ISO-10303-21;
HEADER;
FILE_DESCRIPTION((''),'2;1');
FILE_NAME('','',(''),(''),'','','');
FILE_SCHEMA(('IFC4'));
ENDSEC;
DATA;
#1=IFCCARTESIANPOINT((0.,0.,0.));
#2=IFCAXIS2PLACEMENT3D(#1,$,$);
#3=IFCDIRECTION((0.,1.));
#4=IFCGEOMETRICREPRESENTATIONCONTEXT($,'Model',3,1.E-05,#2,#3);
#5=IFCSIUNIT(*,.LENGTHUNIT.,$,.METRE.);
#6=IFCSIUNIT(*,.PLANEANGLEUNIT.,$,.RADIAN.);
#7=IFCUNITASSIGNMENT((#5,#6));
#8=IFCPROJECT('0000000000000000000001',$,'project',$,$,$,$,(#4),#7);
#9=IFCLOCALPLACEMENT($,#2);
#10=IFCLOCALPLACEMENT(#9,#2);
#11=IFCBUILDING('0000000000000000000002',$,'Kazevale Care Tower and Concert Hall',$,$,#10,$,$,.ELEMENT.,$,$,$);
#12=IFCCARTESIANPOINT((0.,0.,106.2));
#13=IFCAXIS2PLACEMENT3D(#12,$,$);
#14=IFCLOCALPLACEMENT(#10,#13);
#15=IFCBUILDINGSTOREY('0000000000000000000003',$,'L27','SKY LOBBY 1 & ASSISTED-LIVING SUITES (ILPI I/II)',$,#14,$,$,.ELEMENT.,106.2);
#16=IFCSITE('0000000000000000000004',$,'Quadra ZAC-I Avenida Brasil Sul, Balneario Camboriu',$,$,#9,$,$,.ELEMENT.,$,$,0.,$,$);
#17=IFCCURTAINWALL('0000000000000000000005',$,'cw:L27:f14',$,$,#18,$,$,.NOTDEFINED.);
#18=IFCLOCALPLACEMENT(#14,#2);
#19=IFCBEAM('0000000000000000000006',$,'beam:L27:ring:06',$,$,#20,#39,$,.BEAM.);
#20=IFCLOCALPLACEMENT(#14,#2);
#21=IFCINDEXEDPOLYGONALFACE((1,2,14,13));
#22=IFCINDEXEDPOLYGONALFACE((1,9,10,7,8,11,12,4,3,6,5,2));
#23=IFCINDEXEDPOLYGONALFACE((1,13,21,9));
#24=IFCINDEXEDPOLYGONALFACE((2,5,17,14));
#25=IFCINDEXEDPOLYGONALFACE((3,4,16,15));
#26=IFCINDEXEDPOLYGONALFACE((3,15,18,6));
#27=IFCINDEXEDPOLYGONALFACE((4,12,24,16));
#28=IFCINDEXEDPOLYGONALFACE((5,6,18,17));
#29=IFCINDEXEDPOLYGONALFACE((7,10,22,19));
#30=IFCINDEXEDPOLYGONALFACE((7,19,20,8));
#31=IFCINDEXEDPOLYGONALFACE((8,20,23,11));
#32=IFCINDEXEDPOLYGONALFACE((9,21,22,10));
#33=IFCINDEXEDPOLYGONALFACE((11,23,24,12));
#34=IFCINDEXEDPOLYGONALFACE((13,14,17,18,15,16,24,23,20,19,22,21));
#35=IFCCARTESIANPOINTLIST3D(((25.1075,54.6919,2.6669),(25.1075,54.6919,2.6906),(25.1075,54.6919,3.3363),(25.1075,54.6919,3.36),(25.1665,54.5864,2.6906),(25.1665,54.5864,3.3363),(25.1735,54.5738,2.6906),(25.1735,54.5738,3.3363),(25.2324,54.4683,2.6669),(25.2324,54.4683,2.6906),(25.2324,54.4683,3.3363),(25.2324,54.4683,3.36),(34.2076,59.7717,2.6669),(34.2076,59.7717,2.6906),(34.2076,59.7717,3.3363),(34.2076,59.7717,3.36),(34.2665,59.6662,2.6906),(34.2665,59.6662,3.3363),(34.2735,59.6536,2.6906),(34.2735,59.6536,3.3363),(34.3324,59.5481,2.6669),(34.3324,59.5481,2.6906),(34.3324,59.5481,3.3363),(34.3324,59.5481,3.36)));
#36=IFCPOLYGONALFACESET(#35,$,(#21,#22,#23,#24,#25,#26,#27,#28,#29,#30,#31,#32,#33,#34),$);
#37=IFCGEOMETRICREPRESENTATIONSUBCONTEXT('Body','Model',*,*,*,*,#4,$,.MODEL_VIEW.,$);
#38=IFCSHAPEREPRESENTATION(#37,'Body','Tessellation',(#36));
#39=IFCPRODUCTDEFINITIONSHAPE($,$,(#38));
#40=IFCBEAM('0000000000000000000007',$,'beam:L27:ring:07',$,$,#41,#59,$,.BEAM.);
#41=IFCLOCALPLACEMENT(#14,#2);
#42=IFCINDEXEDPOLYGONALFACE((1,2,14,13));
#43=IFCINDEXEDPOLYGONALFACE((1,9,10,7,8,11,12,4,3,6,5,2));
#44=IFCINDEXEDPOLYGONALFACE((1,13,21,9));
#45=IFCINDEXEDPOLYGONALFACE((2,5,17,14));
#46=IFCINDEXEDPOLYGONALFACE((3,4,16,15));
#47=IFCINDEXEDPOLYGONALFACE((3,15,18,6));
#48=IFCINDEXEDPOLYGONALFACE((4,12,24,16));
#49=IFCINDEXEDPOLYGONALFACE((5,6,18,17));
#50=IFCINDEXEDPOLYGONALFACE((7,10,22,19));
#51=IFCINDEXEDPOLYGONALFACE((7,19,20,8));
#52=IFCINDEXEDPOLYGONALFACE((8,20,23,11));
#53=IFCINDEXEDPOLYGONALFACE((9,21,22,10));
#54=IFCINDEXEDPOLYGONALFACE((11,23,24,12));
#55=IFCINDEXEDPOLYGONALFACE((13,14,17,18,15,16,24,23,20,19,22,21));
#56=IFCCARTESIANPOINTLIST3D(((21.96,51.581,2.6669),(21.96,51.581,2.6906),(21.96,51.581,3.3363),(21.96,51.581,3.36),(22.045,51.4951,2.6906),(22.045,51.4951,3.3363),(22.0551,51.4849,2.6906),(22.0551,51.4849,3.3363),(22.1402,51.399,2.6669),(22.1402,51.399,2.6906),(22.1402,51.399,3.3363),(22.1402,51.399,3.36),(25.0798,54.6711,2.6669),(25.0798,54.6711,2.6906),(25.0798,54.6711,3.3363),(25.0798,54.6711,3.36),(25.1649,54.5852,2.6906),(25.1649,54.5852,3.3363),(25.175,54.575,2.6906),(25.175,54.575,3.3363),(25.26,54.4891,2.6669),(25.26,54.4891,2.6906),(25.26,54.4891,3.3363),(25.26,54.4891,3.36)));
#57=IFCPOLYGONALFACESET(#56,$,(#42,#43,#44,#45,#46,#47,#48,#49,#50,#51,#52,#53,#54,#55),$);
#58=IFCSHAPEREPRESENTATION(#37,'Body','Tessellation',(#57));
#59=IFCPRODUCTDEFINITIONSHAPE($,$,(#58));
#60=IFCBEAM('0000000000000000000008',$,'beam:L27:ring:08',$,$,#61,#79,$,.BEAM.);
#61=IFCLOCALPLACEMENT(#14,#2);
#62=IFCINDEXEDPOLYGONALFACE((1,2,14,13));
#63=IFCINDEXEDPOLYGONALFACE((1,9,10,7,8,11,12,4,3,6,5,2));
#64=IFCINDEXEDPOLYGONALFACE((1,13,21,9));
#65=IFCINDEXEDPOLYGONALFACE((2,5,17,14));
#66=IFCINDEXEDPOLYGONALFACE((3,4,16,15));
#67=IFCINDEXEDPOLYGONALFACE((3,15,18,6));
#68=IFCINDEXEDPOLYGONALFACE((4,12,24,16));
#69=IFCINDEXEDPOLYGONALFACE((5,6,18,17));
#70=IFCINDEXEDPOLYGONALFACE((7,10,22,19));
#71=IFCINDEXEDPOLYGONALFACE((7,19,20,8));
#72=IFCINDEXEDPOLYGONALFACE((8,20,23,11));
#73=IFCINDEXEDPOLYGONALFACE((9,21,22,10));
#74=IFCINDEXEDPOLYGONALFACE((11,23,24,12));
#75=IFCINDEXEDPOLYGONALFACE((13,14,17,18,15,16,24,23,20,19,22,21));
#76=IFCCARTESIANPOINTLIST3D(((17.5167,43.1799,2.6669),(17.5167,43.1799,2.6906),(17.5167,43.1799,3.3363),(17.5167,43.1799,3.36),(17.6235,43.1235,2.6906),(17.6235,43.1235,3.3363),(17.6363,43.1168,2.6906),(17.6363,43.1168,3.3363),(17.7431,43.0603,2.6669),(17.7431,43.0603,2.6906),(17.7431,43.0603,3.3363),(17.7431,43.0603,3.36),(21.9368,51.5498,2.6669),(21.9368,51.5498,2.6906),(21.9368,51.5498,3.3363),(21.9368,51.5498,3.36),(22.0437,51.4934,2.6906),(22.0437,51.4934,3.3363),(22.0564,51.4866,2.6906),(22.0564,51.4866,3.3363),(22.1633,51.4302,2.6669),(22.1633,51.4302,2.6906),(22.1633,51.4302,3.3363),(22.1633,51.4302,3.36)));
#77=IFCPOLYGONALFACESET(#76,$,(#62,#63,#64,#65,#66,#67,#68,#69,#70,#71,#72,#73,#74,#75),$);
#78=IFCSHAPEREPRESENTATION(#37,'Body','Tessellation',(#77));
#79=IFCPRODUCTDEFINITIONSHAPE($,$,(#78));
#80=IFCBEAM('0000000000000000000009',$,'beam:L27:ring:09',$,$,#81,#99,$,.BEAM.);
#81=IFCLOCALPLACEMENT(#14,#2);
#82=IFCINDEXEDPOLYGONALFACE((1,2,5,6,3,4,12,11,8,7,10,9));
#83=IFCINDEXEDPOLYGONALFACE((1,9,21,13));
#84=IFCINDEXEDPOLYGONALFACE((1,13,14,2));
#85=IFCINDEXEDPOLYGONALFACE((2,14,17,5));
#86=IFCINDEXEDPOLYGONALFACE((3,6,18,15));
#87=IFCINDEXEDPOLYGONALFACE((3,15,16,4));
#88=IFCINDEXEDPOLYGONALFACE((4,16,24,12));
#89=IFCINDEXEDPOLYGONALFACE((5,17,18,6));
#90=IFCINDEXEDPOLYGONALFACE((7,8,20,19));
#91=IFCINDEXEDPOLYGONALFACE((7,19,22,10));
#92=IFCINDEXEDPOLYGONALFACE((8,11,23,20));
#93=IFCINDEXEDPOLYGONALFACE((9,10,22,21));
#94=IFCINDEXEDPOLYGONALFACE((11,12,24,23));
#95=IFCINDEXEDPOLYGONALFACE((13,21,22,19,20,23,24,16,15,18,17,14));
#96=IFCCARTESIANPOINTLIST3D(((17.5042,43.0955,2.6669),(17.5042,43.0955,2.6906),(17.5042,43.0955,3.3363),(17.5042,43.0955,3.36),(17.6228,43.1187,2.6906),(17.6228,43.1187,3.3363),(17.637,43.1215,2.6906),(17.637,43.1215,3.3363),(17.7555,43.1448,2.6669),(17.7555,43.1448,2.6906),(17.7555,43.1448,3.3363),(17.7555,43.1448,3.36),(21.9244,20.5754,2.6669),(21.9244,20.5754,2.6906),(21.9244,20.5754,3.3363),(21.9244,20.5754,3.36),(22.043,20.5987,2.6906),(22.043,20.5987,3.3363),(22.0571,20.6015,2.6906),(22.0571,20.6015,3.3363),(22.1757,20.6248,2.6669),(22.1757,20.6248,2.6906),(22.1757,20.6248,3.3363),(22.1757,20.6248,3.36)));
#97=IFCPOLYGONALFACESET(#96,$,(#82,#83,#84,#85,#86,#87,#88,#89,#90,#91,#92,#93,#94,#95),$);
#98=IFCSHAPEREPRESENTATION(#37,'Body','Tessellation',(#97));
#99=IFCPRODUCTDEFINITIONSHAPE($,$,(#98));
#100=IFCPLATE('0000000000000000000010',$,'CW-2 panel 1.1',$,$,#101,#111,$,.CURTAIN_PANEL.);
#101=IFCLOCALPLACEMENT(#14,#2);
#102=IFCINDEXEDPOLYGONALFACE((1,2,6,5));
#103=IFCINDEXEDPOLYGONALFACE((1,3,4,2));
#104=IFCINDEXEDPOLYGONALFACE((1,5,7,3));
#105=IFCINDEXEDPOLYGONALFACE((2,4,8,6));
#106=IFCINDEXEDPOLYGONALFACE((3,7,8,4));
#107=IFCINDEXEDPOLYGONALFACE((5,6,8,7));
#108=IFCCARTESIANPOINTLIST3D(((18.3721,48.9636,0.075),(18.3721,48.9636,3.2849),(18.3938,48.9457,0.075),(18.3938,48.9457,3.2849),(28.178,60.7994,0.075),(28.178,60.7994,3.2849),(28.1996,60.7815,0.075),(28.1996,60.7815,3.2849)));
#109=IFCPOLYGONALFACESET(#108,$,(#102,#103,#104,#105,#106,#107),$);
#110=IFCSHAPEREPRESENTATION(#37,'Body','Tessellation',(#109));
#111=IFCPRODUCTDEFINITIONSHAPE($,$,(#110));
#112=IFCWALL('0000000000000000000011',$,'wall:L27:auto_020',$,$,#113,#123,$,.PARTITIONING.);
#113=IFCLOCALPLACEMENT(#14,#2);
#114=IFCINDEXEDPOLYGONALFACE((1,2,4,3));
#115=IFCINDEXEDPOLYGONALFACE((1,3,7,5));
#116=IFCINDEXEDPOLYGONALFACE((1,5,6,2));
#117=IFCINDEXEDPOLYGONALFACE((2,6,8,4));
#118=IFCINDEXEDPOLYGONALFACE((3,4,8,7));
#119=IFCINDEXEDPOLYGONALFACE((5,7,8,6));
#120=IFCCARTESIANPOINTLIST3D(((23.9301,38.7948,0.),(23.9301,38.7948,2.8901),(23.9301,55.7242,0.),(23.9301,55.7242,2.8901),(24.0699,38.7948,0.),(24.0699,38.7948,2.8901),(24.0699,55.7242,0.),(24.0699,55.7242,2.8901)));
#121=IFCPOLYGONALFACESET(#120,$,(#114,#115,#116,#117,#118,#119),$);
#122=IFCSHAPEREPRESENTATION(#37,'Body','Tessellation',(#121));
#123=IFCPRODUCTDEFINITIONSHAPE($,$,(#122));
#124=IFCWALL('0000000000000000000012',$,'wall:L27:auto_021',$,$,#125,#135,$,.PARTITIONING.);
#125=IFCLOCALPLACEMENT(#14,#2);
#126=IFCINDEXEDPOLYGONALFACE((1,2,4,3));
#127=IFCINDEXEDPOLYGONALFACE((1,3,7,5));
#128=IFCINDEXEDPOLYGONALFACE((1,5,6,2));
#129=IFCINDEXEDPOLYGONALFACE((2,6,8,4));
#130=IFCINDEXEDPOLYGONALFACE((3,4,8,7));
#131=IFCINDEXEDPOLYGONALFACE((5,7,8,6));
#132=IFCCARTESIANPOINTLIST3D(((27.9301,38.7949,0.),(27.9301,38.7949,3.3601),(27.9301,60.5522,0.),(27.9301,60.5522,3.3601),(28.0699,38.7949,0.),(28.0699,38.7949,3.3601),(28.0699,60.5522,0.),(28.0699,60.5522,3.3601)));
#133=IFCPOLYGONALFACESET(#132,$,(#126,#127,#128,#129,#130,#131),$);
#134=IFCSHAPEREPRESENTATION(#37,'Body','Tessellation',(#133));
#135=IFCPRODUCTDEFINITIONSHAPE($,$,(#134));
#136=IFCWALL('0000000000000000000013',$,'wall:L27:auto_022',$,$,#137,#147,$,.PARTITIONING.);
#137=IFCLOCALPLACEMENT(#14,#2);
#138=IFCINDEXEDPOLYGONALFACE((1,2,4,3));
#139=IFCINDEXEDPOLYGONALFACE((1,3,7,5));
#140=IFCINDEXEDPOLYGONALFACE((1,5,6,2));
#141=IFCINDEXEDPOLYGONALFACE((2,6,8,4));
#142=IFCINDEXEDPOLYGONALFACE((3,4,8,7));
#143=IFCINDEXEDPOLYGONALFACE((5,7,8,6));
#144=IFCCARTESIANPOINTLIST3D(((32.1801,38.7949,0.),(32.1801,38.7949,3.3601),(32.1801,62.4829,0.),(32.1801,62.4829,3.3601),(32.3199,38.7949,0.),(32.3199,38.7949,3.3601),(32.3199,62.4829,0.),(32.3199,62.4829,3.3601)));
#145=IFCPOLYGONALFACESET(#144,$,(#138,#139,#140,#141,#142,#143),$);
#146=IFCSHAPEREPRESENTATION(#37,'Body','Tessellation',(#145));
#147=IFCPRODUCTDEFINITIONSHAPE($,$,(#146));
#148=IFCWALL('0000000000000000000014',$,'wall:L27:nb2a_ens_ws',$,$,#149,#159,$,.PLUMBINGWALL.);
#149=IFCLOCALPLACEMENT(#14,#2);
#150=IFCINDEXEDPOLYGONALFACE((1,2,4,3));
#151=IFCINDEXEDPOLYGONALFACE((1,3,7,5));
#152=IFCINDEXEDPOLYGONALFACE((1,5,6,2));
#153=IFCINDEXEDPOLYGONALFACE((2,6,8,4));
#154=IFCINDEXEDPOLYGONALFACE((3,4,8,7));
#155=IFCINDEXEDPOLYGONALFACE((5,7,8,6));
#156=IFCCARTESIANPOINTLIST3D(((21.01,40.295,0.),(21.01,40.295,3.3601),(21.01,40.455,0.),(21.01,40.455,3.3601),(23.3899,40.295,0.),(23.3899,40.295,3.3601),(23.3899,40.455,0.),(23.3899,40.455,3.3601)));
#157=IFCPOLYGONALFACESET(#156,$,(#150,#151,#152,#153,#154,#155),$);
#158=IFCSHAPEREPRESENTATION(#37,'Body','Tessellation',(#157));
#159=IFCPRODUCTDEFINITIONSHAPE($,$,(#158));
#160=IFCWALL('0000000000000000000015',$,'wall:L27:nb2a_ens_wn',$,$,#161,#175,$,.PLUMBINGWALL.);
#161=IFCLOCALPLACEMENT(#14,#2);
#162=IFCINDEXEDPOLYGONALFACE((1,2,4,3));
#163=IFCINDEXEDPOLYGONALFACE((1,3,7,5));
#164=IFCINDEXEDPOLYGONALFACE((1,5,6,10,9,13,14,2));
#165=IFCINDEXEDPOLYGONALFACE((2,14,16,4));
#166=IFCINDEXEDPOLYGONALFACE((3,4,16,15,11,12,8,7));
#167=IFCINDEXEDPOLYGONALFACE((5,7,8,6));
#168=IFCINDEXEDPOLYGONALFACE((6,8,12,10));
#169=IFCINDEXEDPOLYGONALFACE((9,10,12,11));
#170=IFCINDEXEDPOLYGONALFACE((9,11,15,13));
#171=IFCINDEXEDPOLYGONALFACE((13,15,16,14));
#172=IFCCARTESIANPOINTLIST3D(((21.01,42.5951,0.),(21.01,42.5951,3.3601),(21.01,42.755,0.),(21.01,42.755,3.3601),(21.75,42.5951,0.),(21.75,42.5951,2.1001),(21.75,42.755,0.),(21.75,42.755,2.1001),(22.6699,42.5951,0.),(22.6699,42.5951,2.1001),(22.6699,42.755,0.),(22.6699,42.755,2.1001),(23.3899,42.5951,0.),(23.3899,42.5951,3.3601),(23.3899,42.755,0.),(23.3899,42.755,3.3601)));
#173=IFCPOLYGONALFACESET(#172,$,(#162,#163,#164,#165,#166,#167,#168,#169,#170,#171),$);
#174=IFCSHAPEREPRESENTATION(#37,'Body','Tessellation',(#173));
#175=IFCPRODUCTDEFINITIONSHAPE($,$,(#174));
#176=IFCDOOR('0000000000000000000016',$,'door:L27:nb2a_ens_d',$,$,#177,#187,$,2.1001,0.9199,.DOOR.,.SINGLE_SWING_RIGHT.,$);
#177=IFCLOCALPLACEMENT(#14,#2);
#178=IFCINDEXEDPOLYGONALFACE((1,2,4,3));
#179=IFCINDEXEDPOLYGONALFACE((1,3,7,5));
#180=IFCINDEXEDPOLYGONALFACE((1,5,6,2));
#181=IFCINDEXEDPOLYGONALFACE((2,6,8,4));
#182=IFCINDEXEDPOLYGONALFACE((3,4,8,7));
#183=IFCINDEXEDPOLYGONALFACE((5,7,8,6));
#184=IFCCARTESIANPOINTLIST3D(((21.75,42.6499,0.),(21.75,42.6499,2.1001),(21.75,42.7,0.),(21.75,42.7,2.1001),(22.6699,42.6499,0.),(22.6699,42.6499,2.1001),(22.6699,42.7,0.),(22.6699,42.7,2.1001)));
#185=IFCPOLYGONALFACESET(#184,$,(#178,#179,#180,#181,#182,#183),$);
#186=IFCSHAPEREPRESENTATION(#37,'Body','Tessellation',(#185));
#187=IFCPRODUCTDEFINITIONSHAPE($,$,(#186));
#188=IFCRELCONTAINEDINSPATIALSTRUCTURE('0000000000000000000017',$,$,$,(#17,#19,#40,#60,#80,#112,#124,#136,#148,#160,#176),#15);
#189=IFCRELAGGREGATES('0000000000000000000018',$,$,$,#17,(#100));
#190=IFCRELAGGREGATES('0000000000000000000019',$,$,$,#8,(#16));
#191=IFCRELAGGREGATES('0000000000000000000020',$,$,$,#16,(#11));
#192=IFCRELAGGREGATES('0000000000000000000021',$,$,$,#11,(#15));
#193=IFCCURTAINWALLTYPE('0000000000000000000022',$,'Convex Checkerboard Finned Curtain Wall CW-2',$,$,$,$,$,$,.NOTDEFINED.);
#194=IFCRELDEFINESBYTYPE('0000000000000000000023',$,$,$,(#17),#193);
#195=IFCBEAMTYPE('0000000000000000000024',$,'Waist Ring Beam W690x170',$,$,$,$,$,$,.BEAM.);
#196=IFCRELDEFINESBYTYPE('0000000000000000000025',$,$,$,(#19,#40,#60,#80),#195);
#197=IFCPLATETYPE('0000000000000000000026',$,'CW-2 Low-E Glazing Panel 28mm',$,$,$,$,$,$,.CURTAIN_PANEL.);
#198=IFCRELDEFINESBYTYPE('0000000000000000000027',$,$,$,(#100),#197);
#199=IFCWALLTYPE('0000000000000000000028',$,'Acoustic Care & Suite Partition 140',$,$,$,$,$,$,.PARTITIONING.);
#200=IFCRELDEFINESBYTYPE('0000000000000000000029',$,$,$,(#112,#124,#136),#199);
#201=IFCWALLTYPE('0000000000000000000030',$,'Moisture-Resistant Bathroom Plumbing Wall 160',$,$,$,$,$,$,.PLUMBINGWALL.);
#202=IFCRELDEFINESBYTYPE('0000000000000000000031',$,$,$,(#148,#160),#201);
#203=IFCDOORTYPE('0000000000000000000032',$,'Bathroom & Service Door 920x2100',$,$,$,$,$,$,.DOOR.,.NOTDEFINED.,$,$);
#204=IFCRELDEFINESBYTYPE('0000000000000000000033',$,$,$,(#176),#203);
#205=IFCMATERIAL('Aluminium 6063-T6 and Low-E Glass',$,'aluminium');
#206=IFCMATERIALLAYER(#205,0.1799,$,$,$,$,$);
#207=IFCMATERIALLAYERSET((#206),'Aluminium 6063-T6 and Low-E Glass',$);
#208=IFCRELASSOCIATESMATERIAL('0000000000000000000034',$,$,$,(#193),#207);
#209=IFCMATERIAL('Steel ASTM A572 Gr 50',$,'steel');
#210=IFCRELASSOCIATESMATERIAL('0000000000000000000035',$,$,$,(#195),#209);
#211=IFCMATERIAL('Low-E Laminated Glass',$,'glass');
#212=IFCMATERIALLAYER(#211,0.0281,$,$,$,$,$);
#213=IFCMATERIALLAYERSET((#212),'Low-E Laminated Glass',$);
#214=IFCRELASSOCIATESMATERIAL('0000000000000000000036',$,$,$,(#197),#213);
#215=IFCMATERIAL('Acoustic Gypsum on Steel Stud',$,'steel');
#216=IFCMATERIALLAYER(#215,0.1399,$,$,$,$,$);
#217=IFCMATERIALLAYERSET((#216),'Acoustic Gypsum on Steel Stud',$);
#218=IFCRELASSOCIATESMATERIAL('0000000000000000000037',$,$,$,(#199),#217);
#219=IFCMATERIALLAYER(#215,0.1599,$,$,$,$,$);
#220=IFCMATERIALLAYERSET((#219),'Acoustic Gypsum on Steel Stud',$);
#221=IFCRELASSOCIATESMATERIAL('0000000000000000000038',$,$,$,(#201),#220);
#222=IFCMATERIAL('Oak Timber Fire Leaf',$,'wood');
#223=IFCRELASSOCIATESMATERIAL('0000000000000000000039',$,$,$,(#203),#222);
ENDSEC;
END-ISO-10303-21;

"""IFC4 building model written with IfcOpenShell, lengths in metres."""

from ifc_helpers import new_model, si_unit, direction, frame, frame_2d, origin, origin_2d, place, context, subcontext, project, spatial, rectangle, i_section, extrude, material, layer, layer_set, material_profile, profile_set, type_object, element, fill, aggregate, save


model = new_model("IFC4")

# Units and contexts
model_context = context("Model", 3, precision=1e-05, world=origin(), true_north=direction((0.0, 1.0)))
body_context = subcontext(model_context, "Body", "Model", "MODEL_VIEW")
ifc_project = project(units=[si_unit("LENGTHUNIT", "METRE"), si_unit("PLANEANGLEUNIT", "RADIAN")], contexts=[model_context])

# Site, building, storey
site_placement = place(None, origin())
site = spatial("IfcSite", under=ifc_project, at=site_placement, Name="Quadra ZAC-I Avenida Brasil Sul, Balneario Camboriu", CompositionType="ELEMENT", RefElevation=0.0)
building_placement = place(site_placement, origin())
building = spatial("IfcBuilding", under=site, at=building_placement, Name="Kazevale Care Tower and Concert Hall", CompositionType="ELEMENT")
storey_placement = place(building_placement, frame((0.0, 0.0, 106.2)))
storey = spatial("IfcBuildingStorey", under=building, at=storey_placement, Name="L27", Description="SKY LOBBY 1 & ASSISTED-LIVING SUITES (ILPI I/II)", CompositionType="ELEMENT", Elevation=106.2)

# Curtain wall
ifc_material_1 = material(Name="Aluminium 6063-T6 and Low-E Glass", Category="aluminium")
ifc_layer_1 = layer(ifc_material_1, 0.1799)
ifc_layer_set_1 = layer_set([ifc_layer_1], Name="Aluminium 6063-T6 and Low-E Glass")
curtain_wall_type_1 = type_object("IfcCurtainWallType", Name="Convex Checkerboard Finned Curtain Wall CW-2", PredefinedType="NOTDEFINED", material=ifc_layer_set_1)
curtain_wall_1_placement = place(storey_placement, origin())
curtain_wall_1 = element("IfcCurtainWall", 1, at=curtain_wall_1_placement, inside=storey, type_object=curtain_wall_type_1, Name="cw:L27:f14", PredefinedType="NOTDEFINED")

# Beams
ifc_material_2 = material(Name="Steel ASTM A572 Gr 50", Category="steel")
ifc_material_profile_1 = material_profile(ifc_material_2, i_section(OverallWidth=0.2561, OverallDepth=0.6931, WebThickness=0.0144, FlangeThickness=0.0237, at=origin_2d()), Name="W690x170")
ifc_profile_set_1 = profile_set([ifc_material_profile_1], Name="Steel ASTM A572 Gr 50")
beam_type_1 = type_object("IfcBeamType", Name="Waist Ring Beam W690x170", PredefinedType="BEAM", material=ifc_profile_set_1)
beam_1_placement = place(storey_placement, frame((34.27, 59.6599, 3.0134), z_axis=(-0.873169, -0.487418, 0.0), x_axis=(0.487418, -0.873169, 0.0)))
element("IfcBeam", 2, at=beam_1_placement, inside=storey, type_object=beam_type_1, Name="beam:L27:ring:06", PredefinedType="BEAM", context=body_context, shape_type="SweptSolid", body=[
    extrude(i_section(OverallWidth=0.2561, OverallDepth=0.6931, WebThickness=0.0144, FlangeThickness=0.0237, at=origin_2d()), origin(), (0.0, 0.0, 1.0), 10.4219),
])
beam_2_placement = place(storey_placement, frame((25.1699, 54.5801, 3.0134), z_axis=(-0.71049, -0.703707, 0.0), x_axis=(0.703707, -0.71049, 0.0)))
element("IfcBeam", 3, at=beam_2_placement, inside=storey, type_object=beam_type_1, Name="beam:L27:ring:07", PredefinedType="BEAM", context=body_context, shape_type="SweptSolid", body=[
    extrude(i_section(OverallWidth=0.2561, OverallDepth=0.6931, WebThickness=0.0144, FlangeThickness=0.0237, at=origin_2d()), origin(), (0.0, 0.0, 1.0), 4.3911),
])
beam_3_placement = place(storey_placement, frame((22.05, 51.49, 3.0134), z_axis=(-0.466984, -0.884266, 0.0), x_axis=(0.884266, -0.466984, 0.0)))
element("IfcBeam", 4, at=beam_3_placement, inside=storey, type_object=beam_type_1, Name="beam:L27:ring:08", PredefinedType="BEAM", context=body_context, shape_type="SweptSolid", body=[
    extrude(i_section(OverallWidth=0.2561, OverallDepth=0.6931, WebThickness=0.0144, FlangeThickness=0.0237, at=origin_2d()), origin(), (0.0, 0.0, 1.0), 9.4653),
])
beam_4_placement = place(storey_placement, frame((17.6299, 43.1201, 3.0134), z_axis=(0.192602, -0.981277, 0.0), x_axis=(0.981277, 0.192602, 0.0)))
element("IfcBeam", 5, at=beam_4_placement, inside=storey, type_object=beam_type_1, Name="beam:L27:ring:09", PredefinedType="BEAM", context=body_context, shape_type="SweptSolid", body=[
    extrude(i_section(OverallWidth=0.2561, OverallDepth=0.6931, WebThickness=0.0144, FlangeThickness=0.0237, at=origin_2d()), origin(), (0.0, 0.0, 1.0), 22.9497),
])

# Plate
ifc_material_3 = material(Name="Low-E Laminated Glass", Category="glass")
ifc_layer_2 = layer(ifc_material_3, 0.0281)
ifc_layer_set_2 = layer_set([ifc_layer_2], Name="Low-E Laminated Glass")
plate_type = type_object("IfcPlateType", Name="CW-2 Low-E Glazing Panel 28mm", PredefinedType="CURTAIN_PANEL", material=ifc_layer_set_2)
plate_placement = place(storey_placement, frame((23.2859, 54.8726, 0.075), z_axis=(0.0, 0.0, 1.0), x_axis=(0.637984, 0.77005, 0.0)))
plate = element("IfcPlate", 6, at=plate_placement, type_object=plate_type, Name="CW-2 panel 1.1", PredefinedType="CURTAIN_PANEL", context=body_context, shape_type="SweptSolid", body=[
    extrude(rectangle(XDim=15.3701, YDim=0.0281, at=origin_2d()), origin(), (0.0, 0.0, 1.0), 3.21),
])
aggregate(curtain_wall_1, [plate])

# Walls
ifc_material_4 = material(Name="Acoustic Gypsum on Steel Stud", Category="steel")
ifc_layer_3 = layer(ifc_material_4, 0.1399)
ifc_layer_set_3 = layer_set([ifc_layer_3], Name="Acoustic Gypsum on Steel Stud")
wall_type_1 = type_object("IfcWallType", Name="Acoustic Care & Suite Partition 140", PredefinedType="PARTITIONING", material=ifc_layer_set_3)
wall_1_placement = place(storey_placement, frame((24.0, 55.7244, 0.0), z_axis=(0.0, 0.0, 1.0), x_axis=(0.0, -1.0, 0.0)))
element("IfcWall", 7, at=wall_1_placement, inside=storey, type_object=wall_type_1, Name="wall:L27:auto_020", PredefinedType="PARTITIONING", context=body_context, shape_type="SweptSolid", body=[
    extrude(rectangle(XDim=16.9294, YDim=0.1399, at=frame_2d((8.4648, 0.0))), origin(), (0.0, 0.0, 1.0), 2.8901),
])
wall_2_placement = place(storey_placement, frame((28.0, 60.5522, 0.0), z_axis=(0.0, 0.0, 1.0), x_axis=(0.0, -1.0, 0.0)))
element("IfcWall", 8, at=wall_2_placement, inside=storey, type_object=wall_type_1, Name="wall:L27:auto_021", PredefinedType="PARTITIONING", context=body_context, shape_type="SweptSolid", body=[
    extrude(rectangle(XDim=21.7573, YDim=0.1399, at=frame_2d((10.8787, 0.0))), origin(), (0.0, 0.0, 1.0), 3.3601),
])
wall_3_placement = place(storey_placement, frame((32.25, 62.4829, 0.0), z_axis=(0.0, 0.0, 1.0), x_axis=(0.0, -1.0, 0.0)))
element("IfcWall", 9, at=wall_3_placement, inside=storey, type_object=wall_type_1, Name="wall:L27:auto_022", PredefinedType="PARTITIONING", context=body_context, shape_type="SweptSolid", body=[
    extrude(rectangle(XDim=23.688, YDim=0.1399, at=frame_2d((11.844, 0.0))), origin(), (0.0, 0.0, 1.0), 3.3601),
])
ifc_layer_4 = layer(ifc_material_4, 0.1599)
ifc_layer_set_4 = layer_set([ifc_layer_4], Name="Acoustic Gypsum on Steel Stud")
wall_type_2 = type_object("IfcWallType", Name="Moisture-Resistant Bathroom Plumbing Wall 160", PredefinedType="PLUMBINGWALL", material=ifc_layer_set_4)
wall_4_placement = place(storey_placement, frame((21.01, 40.375, 0.0), z_axis=(0.0, 0.0, 1.0), x_axis=(1.0, 0.0, 0.0)))
element("IfcWall", 10, at=wall_4_placement, inside=storey, type_object=wall_type_2, Name="wall:L27:nb2a_ens_ws", PredefinedType="PLUMBINGWALL", context=body_context, shape_type="SweptSolid", body=[
    extrude(rectangle(XDim=2.3799, YDim=0.1599, at=frame_2d((1.1899, 0.0))), origin(), (0.0, 0.0, 1.0), 3.3601),
])

# Wall, opening, door
wall_5_placement = place(storey_placement, frame((21.01, 42.675, 0.0), z_axis=(0.0, 0.0, 1.0), x_axis=(1.0, 0.0, 0.0)))
wall_5 = element("IfcWall", 11, at=wall_5_placement, inside=storey, type_object=wall_type_2, Name="wall:L27:nb2a_ens_wn", PredefinedType="PLUMBINGWALL", context=body_context, shape_type="SweptSolid", body=[
    extrude(rectangle(XDim=2.3799, YDim=0.1599, at=frame_2d((1.1899, 0.0))), origin(), (0.0, 0.0, 1.0), 3.3601),
])
opening_1_placement = place(wall_5_placement, frame((0.74, 0.0, 0.0)))
opening_1 = element("IfcOpeningElement", 12, at=opening_1_placement, cuts=wall_5, PredefinedType="OPENING", context=body_context, shape_type="SweptSolid", body=[
    extrude(rectangle(XDim=0.9199, YDim=2.1001, at=frame_2d((0.46, 1.05))), frame((0.0, 0.0898, 0.0), z_axis=(0.0, -1.0, 0.0), x_axis=(1.0, 0.0, 0.0)), (0.0, 0.0, 1.0), 0.1799),
])
ifc_material_5 = material(Name="Oak Timber Fire Leaf", Category="wood")
door_type = type_object("IfcDoorType", Name="Bathroom & Service Door 920x2100", OperationType="NOTDEFINED", PredefinedType="DOOR", material=ifc_material_5)
door_1_placement = place(opening_1_placement, origin())
door_1 = element("IfcDoor", 13, at=door_1_placement, inside=storey, type_object=door_type, Name="door:L27:nb2a_ens_d", OperationType="SINGLE_SWING_RIGHT", OverallHeight=2.1001, OverallWidth=0.9199, PredefinedType="DOOR", context=body_context, shape_type="SweptSolid", body=[
    extrude(rectangle(XDim=0.9199, YDim=2.1001, at=frame_2d((0.46, 1.05))), frame((0.0, 0.0249, 0.0), z_axis=(0.0, -1.0, 0.0), x_axis=(1.0, 0.0, 0.0)), (0.0, 0.0, 1.0), 0.05),
])
fill(opening_1, door_1)

save(model, "model.ifc")
